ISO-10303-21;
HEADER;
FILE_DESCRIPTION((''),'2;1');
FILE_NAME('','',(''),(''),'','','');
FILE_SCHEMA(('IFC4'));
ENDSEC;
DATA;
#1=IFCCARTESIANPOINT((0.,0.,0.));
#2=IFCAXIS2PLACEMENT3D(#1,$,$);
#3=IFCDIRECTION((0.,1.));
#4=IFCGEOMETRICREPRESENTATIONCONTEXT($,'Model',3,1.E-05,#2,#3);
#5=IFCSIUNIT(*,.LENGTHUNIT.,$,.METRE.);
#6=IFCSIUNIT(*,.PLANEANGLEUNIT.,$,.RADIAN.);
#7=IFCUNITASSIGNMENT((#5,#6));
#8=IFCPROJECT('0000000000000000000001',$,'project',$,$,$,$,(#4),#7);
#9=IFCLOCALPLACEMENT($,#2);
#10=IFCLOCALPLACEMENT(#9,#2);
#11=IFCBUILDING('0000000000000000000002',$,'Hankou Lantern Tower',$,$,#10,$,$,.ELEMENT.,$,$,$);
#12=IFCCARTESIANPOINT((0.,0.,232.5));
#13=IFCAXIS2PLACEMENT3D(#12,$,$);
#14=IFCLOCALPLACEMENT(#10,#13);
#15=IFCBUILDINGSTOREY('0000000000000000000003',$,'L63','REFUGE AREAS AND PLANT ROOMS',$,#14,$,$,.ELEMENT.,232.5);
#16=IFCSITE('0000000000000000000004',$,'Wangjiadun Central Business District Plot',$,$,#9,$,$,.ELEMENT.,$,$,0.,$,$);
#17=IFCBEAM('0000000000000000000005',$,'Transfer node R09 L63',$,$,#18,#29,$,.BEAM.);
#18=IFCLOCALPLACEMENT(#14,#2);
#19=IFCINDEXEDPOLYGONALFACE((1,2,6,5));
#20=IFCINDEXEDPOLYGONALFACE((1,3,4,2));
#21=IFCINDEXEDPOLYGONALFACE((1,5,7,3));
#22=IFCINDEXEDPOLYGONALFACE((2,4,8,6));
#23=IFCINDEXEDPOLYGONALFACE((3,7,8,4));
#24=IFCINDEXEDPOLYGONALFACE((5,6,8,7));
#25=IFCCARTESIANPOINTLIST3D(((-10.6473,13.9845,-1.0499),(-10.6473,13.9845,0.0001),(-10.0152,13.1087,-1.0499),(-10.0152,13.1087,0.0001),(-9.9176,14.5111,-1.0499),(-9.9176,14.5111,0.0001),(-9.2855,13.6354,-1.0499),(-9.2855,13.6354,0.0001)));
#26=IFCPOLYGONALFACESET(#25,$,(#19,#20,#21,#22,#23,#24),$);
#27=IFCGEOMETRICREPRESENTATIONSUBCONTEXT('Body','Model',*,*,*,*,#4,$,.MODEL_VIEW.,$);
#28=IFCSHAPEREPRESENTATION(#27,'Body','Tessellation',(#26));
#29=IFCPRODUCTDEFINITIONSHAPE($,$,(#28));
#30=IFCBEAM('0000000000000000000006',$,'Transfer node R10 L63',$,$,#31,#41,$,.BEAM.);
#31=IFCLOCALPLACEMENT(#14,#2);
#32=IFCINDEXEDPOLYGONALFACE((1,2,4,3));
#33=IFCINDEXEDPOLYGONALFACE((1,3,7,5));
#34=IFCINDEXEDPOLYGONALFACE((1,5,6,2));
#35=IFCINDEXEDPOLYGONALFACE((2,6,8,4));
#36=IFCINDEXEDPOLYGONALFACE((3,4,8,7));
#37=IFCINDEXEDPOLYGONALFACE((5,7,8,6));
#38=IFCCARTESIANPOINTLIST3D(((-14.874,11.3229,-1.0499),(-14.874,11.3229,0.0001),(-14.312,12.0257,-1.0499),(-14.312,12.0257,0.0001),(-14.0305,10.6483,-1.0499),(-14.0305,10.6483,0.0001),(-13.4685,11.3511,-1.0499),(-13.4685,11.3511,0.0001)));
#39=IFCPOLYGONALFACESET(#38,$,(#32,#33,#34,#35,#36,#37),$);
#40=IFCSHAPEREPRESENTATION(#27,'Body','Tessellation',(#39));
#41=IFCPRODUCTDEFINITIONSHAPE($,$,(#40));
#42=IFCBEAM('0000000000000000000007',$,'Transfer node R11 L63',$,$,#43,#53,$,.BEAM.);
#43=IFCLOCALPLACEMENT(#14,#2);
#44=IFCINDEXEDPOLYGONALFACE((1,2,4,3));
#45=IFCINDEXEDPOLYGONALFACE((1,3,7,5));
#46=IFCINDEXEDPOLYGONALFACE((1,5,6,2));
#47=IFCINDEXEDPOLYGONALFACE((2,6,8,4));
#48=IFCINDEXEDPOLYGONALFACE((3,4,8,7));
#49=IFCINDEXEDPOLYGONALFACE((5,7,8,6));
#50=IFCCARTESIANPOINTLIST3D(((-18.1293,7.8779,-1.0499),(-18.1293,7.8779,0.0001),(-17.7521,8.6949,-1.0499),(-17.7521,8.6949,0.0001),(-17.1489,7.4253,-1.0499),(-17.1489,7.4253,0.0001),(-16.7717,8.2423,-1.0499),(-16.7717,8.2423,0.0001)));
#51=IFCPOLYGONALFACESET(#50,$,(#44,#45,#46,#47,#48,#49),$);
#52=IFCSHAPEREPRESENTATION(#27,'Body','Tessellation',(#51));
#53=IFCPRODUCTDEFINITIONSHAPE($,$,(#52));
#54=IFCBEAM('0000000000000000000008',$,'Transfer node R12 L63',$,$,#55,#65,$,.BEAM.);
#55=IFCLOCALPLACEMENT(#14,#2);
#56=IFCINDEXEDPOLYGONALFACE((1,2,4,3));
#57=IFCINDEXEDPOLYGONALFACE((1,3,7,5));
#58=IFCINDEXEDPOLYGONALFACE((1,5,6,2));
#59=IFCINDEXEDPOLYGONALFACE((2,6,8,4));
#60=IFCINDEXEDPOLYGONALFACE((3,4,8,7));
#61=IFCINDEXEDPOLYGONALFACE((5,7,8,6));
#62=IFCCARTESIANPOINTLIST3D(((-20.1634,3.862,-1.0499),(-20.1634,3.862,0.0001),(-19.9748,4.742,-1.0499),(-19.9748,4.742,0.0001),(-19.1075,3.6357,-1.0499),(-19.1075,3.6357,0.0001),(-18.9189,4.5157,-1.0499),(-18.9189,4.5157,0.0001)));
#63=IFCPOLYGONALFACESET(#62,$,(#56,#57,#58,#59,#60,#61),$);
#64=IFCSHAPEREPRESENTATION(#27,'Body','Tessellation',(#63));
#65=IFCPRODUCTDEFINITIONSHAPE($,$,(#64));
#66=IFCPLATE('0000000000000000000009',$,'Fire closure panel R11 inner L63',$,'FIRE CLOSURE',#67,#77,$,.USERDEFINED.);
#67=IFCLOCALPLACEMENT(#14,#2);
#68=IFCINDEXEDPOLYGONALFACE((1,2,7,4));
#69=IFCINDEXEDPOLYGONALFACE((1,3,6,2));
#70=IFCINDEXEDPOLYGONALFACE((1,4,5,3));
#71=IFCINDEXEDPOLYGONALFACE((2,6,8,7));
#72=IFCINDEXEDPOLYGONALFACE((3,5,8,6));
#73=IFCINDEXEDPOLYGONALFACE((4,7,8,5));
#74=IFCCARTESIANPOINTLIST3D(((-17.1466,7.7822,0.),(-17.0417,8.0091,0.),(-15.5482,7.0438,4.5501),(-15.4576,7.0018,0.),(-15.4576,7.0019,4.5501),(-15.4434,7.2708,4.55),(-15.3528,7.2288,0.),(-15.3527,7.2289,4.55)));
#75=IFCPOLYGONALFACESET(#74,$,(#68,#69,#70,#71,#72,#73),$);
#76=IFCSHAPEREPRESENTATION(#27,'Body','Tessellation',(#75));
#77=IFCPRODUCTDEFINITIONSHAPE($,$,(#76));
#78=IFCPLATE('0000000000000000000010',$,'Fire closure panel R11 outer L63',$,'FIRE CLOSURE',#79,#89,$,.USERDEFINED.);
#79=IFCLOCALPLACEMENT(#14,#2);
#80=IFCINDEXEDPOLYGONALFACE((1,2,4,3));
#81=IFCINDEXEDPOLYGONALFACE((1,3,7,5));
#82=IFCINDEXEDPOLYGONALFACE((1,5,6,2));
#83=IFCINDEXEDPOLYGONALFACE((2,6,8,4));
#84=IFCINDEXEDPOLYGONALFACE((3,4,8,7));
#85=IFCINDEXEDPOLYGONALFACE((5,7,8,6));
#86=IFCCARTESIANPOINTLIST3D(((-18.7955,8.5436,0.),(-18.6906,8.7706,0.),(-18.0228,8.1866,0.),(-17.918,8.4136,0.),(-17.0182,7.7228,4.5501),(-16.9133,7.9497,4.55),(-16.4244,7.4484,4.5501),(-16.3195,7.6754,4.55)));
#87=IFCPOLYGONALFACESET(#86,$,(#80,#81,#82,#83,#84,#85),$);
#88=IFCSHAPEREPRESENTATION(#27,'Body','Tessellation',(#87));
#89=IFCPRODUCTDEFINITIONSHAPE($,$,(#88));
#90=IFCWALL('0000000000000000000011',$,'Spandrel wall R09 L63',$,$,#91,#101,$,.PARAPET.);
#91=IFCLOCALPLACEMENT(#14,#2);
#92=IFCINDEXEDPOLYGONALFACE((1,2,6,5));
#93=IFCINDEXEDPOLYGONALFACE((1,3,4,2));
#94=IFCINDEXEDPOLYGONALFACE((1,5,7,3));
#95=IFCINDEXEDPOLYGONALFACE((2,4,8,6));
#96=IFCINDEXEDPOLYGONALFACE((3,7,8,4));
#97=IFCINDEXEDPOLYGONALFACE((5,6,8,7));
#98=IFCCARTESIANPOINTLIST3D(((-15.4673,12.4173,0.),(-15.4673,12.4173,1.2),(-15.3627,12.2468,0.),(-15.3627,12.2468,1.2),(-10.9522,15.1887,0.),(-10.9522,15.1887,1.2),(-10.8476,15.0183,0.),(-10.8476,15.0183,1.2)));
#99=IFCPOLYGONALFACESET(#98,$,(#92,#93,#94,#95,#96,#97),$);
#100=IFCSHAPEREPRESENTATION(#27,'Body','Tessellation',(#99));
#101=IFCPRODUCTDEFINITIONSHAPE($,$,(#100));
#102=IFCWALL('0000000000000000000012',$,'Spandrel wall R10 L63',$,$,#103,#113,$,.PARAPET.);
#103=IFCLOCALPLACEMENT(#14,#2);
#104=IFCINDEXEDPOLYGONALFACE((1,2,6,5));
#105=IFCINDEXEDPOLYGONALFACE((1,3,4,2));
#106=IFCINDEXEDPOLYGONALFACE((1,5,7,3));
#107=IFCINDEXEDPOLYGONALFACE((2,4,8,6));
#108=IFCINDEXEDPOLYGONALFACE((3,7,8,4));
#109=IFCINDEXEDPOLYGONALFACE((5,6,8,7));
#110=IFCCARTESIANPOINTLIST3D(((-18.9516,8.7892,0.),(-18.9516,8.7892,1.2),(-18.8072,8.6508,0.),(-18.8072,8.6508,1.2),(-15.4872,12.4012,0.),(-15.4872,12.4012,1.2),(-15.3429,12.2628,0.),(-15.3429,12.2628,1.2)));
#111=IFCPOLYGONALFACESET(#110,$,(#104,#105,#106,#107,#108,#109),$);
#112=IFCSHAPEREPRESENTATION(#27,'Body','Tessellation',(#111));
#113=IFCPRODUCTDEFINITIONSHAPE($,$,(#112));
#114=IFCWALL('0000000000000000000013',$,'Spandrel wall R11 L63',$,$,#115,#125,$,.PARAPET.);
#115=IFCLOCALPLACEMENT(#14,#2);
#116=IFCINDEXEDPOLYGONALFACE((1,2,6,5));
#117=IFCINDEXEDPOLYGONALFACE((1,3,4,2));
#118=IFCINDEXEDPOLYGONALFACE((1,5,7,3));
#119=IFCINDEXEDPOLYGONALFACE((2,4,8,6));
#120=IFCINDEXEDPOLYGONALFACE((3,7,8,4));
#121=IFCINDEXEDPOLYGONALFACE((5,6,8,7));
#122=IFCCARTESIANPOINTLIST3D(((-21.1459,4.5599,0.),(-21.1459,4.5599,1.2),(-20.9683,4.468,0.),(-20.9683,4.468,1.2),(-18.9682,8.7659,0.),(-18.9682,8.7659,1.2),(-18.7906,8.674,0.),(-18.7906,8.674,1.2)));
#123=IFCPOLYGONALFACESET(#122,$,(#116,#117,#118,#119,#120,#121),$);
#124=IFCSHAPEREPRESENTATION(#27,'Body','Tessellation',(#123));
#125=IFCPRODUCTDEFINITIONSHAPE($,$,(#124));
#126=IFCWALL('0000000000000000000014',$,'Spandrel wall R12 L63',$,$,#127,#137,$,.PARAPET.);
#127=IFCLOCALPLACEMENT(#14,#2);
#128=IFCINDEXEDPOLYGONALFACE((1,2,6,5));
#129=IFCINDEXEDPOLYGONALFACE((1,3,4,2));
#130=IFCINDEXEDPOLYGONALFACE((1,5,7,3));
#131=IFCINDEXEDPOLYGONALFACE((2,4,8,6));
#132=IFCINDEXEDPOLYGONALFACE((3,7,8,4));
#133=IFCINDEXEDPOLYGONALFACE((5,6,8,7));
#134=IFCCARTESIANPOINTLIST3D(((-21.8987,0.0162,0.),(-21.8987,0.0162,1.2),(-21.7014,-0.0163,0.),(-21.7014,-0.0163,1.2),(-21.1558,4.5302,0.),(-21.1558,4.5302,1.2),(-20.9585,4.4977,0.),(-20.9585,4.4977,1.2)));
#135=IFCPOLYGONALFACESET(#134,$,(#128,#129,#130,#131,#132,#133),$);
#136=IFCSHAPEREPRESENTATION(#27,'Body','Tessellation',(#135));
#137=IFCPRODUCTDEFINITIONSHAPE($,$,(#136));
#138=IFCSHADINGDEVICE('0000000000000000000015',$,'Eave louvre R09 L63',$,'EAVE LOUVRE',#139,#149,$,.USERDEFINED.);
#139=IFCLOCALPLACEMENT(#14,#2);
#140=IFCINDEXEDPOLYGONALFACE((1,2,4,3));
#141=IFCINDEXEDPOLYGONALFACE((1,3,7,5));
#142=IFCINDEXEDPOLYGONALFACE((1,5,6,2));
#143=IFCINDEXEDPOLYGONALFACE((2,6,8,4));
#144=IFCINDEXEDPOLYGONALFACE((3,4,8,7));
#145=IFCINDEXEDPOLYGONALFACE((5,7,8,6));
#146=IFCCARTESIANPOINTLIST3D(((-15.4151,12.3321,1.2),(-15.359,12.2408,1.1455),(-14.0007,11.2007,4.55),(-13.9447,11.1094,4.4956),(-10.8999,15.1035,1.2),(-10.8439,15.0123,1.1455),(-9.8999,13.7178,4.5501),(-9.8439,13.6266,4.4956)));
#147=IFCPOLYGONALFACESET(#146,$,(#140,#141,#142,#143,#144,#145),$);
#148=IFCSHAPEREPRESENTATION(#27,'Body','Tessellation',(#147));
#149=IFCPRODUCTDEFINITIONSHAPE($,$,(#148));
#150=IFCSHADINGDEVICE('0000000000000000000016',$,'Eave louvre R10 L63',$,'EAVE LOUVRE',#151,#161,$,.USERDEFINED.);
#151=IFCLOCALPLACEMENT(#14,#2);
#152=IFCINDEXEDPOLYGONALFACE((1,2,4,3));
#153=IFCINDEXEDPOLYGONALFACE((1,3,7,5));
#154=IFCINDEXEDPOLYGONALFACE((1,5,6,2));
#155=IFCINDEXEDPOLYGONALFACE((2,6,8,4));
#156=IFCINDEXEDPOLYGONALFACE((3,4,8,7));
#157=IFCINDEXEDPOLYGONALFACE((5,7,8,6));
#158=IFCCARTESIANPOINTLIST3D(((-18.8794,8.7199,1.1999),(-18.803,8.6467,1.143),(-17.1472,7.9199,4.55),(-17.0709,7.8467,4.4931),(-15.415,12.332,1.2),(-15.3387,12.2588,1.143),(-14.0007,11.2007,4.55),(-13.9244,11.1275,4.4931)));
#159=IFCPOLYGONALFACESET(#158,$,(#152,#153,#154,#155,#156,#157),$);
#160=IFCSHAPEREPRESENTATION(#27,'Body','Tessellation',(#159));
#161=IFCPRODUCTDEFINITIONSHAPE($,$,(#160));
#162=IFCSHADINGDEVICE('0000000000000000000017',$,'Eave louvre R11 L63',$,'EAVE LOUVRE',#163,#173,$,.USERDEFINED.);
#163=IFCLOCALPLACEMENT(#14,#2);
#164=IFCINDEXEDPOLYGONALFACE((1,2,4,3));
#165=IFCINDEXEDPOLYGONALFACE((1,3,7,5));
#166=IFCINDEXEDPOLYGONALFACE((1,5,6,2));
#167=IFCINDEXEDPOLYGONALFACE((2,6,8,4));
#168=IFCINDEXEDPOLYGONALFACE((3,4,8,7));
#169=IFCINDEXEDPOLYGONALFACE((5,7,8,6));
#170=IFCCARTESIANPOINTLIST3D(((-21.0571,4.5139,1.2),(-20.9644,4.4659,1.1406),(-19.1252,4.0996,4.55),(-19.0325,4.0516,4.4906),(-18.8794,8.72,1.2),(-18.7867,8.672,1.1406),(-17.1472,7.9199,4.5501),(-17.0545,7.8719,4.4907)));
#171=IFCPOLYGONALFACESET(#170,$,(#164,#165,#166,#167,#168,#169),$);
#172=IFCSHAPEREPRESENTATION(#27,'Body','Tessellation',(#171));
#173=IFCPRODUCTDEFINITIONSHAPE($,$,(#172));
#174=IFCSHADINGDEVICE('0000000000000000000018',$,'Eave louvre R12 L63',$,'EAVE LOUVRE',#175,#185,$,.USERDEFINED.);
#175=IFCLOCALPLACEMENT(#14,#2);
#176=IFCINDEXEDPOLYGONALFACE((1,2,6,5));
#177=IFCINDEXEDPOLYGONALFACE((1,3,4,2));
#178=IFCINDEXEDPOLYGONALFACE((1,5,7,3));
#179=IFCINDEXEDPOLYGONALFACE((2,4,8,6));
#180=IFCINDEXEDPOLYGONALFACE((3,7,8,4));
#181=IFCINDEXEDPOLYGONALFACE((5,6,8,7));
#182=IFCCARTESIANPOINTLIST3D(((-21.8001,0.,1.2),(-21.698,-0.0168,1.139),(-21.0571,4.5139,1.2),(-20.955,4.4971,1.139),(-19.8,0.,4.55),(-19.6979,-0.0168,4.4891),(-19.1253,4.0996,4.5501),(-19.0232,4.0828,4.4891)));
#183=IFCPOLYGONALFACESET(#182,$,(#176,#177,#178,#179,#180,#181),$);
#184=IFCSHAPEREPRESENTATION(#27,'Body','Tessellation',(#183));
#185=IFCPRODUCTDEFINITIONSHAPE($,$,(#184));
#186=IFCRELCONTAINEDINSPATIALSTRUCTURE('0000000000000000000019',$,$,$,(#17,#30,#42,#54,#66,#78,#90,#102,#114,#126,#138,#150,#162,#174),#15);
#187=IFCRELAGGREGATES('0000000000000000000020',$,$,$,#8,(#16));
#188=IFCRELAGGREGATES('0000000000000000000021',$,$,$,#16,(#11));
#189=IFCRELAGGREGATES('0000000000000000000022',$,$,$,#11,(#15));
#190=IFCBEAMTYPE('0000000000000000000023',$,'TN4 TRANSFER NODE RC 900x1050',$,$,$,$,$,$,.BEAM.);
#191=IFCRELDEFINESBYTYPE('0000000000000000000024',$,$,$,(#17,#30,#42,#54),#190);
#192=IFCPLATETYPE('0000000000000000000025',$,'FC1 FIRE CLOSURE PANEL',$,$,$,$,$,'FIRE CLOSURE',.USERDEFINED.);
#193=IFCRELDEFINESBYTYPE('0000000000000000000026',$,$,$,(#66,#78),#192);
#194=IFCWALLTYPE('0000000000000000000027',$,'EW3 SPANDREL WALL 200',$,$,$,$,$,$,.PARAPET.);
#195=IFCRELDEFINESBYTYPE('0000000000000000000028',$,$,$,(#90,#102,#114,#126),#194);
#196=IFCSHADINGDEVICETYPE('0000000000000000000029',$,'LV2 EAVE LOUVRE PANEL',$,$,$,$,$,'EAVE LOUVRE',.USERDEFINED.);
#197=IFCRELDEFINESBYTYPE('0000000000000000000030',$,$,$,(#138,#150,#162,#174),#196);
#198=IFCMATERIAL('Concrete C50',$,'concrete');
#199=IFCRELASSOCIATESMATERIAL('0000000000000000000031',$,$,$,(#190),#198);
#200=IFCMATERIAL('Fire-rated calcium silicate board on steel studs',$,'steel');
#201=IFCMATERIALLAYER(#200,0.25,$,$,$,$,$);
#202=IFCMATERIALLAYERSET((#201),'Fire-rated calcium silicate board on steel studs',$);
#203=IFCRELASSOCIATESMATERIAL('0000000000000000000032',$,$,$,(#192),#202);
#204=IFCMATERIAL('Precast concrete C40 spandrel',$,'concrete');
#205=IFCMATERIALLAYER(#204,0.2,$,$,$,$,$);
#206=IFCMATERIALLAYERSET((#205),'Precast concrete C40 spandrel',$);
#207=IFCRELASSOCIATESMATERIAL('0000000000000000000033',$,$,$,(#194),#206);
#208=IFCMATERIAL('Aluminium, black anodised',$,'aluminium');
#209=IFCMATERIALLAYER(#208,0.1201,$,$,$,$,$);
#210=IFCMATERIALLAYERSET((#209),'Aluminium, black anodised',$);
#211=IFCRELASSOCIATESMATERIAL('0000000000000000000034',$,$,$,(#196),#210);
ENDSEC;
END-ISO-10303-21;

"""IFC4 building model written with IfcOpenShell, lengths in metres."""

from ifc_helpers import new_model, si_unit, direction, frame, frame_2d, origin, origin_2d, place, context, subcontext, project, spatial, polyline, rectangle, outline, extrude, material, layer, layer_set, material_profile, profile_set, type_object, element, save


model = new_model("IFC4")

# Units and contexts
model_context = context("Model", 3, precision=1e-05, world=origin(), true_north=direction((0.0, 1.0)))
body_context = subcontext(model_context, "Body", "Model", "MODEL_VIEW")
ifc_project = project(units=[si_unit("LENGTHUNIT", "METRE"), si_unit("PLANEANGLEUNIT", "RADIAN")], contexts=[model_context])

# Site, building, storey
site_placement = place(None, origin())
site = spatial("IfcSite", under=ifc_project, at=site_placement, Name="Wangjiadun Central Business District Plot", CompositionType="ELEMENT", RefElevation=0.0)
building_placement = place(site_placement, origin())
building = spatial("IfcBuilding", under=site, at=building_placement, Name="Hankou Lantern Tower", CompositionType="ELEMENT")
storey_placement = place(building_placement, frame((0.0, 0.0, 232.5)))
storey = spatial("IfcBuildingStorey", under=building, at=storey_placement, Name="L63", Description="REFUGE AREAS AND PLANT ROOMS", CompositionType="ELEMENT", Elevation=232.5)

# Beams
ifc_material_1 = material(Name="Concrete C50", Category="concrete")
ifc_material_profile_1 = material_profile(ifc_material_1, rectangle(XDim=0.8999, YDim=1.05, at=origin_2d()), Name="RC 900x1050")
ifc_profile_set_1 = profile_set([ifc_material_profile_1], Name="Concrete C50")
beam_type_1 = type_object("IfcBeamType", Name="TN4 TRANSFER NODE RC 900x1050", PredefinedType="BEAM", material=ifc_profile_set_1)
for number, where, z_axis, x_axis, name in (
    (1, (-10.2825, 14.2478, -0.5249), (0.585251, -0.810852, 0.0), (0.810852, 0.585251, 0.0), "Transfer node R09 L63"),
    (2, (-14.593, 11.6743, -0.5249), (0.780979, -0.624557, 0.0), (0.624557, 0.780979, 0.0), "Transfer node R10 L63"),
):
    element("IfcBeam", number, at=place(storey_placement, frame(where, z_axis=z_axis, x_axis=x_axis)), inside=storey, type_object=beam_type_1, Name=name, PredefinedType="BEAM", context=body_context, shape_type="SweptSolid", body=[
        extrude(rectangle(XDim=0.8999, YDim=1.05, at=origin_2d()), origin(), (0.0, 0.0, 1.0), 1.0801),
    ])
for number, where, z_axis, x_axis, name in (
    (3, (-17.9407, 8.2864, -0.5249), (0.90792, -0.419144, 0.0), (0.419144, 0.90792, 0.0), "Transfer node R11 L63"),
    (4, (-20.0691, 4.302, -0.5249), (0.977792, -0.209575, 0.0), (0.209575, 0.977792, 0.0), "Transfer node R12 L63"),
):
    element("IfcBeam", number, at=place(storey_placement, frame(where, z_axis=z_axis, x_axis=x_axis)), inside=storey, type_object=beam_type_1, Name=name, PredefinedType="BEAM", context=body_context, shape_type="SweptSolid", body=[
        extrude(rectangle(XDim=0.8999, YDim=1.05, at=origin_2d()), origin(), (0.0, 0.0, 1.0), 1.0798),
    ])

# Plates
ifc_material_2 = material(Name="Fire-rated calcium silicate board on steel studs", Category="steel")
ifc_layer_1 = layer(ifc_material_2, 0.25)
ifc_layer_set_1 = layer_set([ifc_layer_1], Name="Fire-rated calcium silicate board on steel studs")
plate_type = type_object("IfcPlateType", Name="FC1 FIRE CLOSURE PANEL", ElementType="FIRE CLOSURE", PredefinedType="USERDEFINED", material=ifc_layer_set_1)
plate_1_placement = place(storey_placement, frame((-15.3528, 7.2288, 0.0), z_axis=(0.419453, 0.907777, -0.000028), x_axis=(-0.907777, 0.419453, 0.0)))
element("IfcPlate", 5, at=plate_1_placement, inside=storey, type_object=plate_type, Name="Fire closure panel R11 inner L63", ObjectType="FIRE CLOSURE", PredefinedType="USERDEFINED", context=body_context, shape_type="SweptSolid", body=[
    extrude(outline(polyline([(0.0, 0.0), (1.8605, 0.0), (0.0998, 4.55), (0.0, 4.55), (0.0, 0.0)])), origin(), (0.0, 0.0, -1.0), 0.25),
])
plate_2_placement = place(storey_placement, frame((-17.918, 8.4136, 0.0), z_axis=(0.419428, 0.907788, -0.000062), x_axis=(-0.907788, 0.419428, 0.0)))
element("IfcPlate", 6, at=plate_2_placement, inside=storey, type_object=plate_type, Name="Fire closure panel R11 outer L63", ObjectType="FIRE CLOSURE", PredefinedType="USERDEFINED", context=body_context, shape_type="SweptSolid", body=[
    extrude(outline(polyline([(0.0, 0.0), (0.8512, 0.0), (-1.1066, 4.55), (-1.7607, 4.55), (0.0, 0.0)])), origin(), (0.0, 0.0, -1.0), 0.25),
])

# Walls
ifc_material_3 = material(Name="Precast concrete C40 spandrel", Category="concrete")
ifc_layer_2 = layer(ifc_material_3, 0.2)
ifc_layer_set_2 = layer_set([ifc_layer_2], Name="Precast concrete C40 spandrel")
wall_type_1 = type_object("IfcWallType", Name="EW3 SPANDREL WALL 200", PredefinedType="PARAPET", material=ifc_layer_set_2)
wall_1_placement = place(storey_placement, frame((-10.8999, 15.1035, 0.0), z_axis=(0.0, 0.0, 1.0), x_axis=(-0.852253, -0.52313, 0.0)))
element("IfcWall", 7, at=wall_1_placement, inside=storey, type_object=wall_type_1, Name="Spandrel wall R09 L63", PredefinedType="PARAPET", context=body_context, shape_type="SweptSolid", body=[
    extrude(rectangle(XDim=5.2979, YDim=0.2, at=frame_2d((2.6489, 0.0))), origin(), (0.0, 0.0, 1.0), 1.2),
])
wall_2_placement = place(storey_placement, frame((-15.415, 12.332, 0.0), z_axis=(0.0, 0.0, 1.0), x_axis=(-0.692197, -0.721709, 0.0)))
element("IfcWall", 8, at=wall_2_placement, inside=storey, type_object=wall_type_1, Name="Spandrel wall R10 L63", PredefinedType="PARAPET", context=body_context, shape_type="SweptSolid", body=[
    extrude(rectangle(XDim=5.0049, YDim=0.2, at=frame_2d((2.5024, 0.0))), origin(), (0.0, 0.0, 1.0), 1.2),
])
wall_3_placement = place(storey_placement, frame((-18.8794, 8.72, 0.0), z_axis=(0.0, 0.0, 1.0), x_axis=(-0.459787, -0.888029, 0.0)))
element("IfcWall", 9, at=wall_3_placement, inside=storey, type_object=wall_type_1, Name="Spandrel wall R11 L63", PredefinedType="PARAPET", context=body_context, shape_type="SweptSolid", body=[
    extrude(rectangle(XDim=4.7363, YDim=0.2, at=frame_2d((2.3682, 0.0))), origin(), (0.0, 0.0, 1.0), 1.2),
])
wall_4_placement = place(storey_placement, frame((-21.0571, 4.5139, 0.0), z_axis=(0.0, 0.0, 1.0), x_axis=(-0.1624, -0.986725, 0.0)))
element("IfcWall", 10, at=wall_4_placement, inside=storey, type_object=wall_type_1, Name="Spandrel wall R12 L63", PredefinedType="PARAPET", context=body_context, shape_type="SweptSolid", body=[
    extrude(rectangle(XDim=4.5747, YDim=0.2, at=frame_2d((2.2874, 0.0))), origin(), (0.0, 0.0, 1.0), 1.2),
])

# Shading devices
ifc_material_4 = material(Name="Aluminium, black anodised", Category="aluminium")
ifc_layer_3 = layer(ifc_material_4, 0.1201)
ifc_layer_set_3 = layer_set([ifc_layer_3], Name="Aluminium, black anodised")
shading_device_type = type_object("IfcShadingDeviceType", Name="LV2 EAVE LOUVRE PANEL", ElementType="EAVE LOUVRE", PredefinedType="USERDEFINED", material=ifc_layer_set_3)
shading_device_1_placement = place(storey_placement, frame((-10.8999, 15.1035, 1.2), z_axis=(-0.466268, 0.759629, 0.453385), x_axis=(-0.852256, -0.523126, 0.000003)))
element("IfcShadingDevice", 11, at=shading_device_1_placement, inside=storey, type_object=shading_device_type, Name="Eave louvre R09 L63", ObjectType="EAVE LOUVRE", PredefinedType="USERDEFINED", context=body_context, shape_type="SweptSolid", body=[
    extrude(outline(polyline([(0.0, 0.0), (5.2979, 0.0), (4.6844, 3.7586), (-0.1273, 3.7586), (0.0, 0.0)])), origin(), (0.0, 0.0, -1.0), 0.1201),
])
shading_device_2_placement = place(storey_placement, frame((-15.415, 12.332, 1.2), z_axis=(-0.635451, 0.609455, 0.474096), x_axis=(-0.692192, -0.721714, -0.000004)))
element("IfcShadingDevice", 12, at=shading_device_2_placement, inside=storey, type_object=shading_device_type, Name="Eave louvre R10 L63", ObjectType="EAVE LOUVRE", PredefinedType="USERDEFINED", context=body_context, shape_type="SweptSolid", body=[
    extrude(outline(polyline([(0.0, 0.0), (5.0049, 0.0), (4.3833, 3.8049), (-0.1625, 3.8049), (0.0, 0.0)])), origin(), (0.0, 0.0, -1.0), 0.1201),
])
shading_device_3_placement = place(storey_placement, frame((-18.8794, 8.72, 1.2), z_axis=(-0.771844, 0.399633, 0.49452), x_axis=(-0.459788, -0.888028, 0.000001)))
element("IfcShadingDevice", 13, at=shading_device_3_placement, inside=storey, type_object=shading_device_type, Name="Eave louvre R11 L63", ObjectType="EAVE LOUVRE", PredefinedType="USERDEFINED", context=body_context, shape_type="SweptSolid", body=[
    extrude(outline(polyline([(0.0, 0.0), (4.7364, 0.0), (4.2161, 3.8544), (-0.086, 3.8544), (0.0, 0.0)])), origin(), (0.0, 0.0, -1.0), 0.1201),
])
shading_device_4_placement = place(storey_placement, frame((-21.0571, 4.5139, 1.2), z_axis=(-0.850176, 0.139933, 0.507563), x_axis=(-0.162406, -0.986724, 0.000004)))
element("IfcShadingDevice", 14, at=shading_device_4_placement, inside=storey, type_object=shading_device_type, Name="Eave louvre R12 L63", ObjectType="EAVE LOUVRE", PredefinedType="USERDEFINED", context=body_context, shape_type="SweptSolid", body=[
    extrude(outline(polyline([(0.0, 0.0), (4.5746, 0.0), (4.2498, 3.8881), (0.0951, 3.8882), (0.0, 0.0)])), origin(), (0.0, 0.0, -1.0), 0.1201),
])

save(model, "model.ifc")
